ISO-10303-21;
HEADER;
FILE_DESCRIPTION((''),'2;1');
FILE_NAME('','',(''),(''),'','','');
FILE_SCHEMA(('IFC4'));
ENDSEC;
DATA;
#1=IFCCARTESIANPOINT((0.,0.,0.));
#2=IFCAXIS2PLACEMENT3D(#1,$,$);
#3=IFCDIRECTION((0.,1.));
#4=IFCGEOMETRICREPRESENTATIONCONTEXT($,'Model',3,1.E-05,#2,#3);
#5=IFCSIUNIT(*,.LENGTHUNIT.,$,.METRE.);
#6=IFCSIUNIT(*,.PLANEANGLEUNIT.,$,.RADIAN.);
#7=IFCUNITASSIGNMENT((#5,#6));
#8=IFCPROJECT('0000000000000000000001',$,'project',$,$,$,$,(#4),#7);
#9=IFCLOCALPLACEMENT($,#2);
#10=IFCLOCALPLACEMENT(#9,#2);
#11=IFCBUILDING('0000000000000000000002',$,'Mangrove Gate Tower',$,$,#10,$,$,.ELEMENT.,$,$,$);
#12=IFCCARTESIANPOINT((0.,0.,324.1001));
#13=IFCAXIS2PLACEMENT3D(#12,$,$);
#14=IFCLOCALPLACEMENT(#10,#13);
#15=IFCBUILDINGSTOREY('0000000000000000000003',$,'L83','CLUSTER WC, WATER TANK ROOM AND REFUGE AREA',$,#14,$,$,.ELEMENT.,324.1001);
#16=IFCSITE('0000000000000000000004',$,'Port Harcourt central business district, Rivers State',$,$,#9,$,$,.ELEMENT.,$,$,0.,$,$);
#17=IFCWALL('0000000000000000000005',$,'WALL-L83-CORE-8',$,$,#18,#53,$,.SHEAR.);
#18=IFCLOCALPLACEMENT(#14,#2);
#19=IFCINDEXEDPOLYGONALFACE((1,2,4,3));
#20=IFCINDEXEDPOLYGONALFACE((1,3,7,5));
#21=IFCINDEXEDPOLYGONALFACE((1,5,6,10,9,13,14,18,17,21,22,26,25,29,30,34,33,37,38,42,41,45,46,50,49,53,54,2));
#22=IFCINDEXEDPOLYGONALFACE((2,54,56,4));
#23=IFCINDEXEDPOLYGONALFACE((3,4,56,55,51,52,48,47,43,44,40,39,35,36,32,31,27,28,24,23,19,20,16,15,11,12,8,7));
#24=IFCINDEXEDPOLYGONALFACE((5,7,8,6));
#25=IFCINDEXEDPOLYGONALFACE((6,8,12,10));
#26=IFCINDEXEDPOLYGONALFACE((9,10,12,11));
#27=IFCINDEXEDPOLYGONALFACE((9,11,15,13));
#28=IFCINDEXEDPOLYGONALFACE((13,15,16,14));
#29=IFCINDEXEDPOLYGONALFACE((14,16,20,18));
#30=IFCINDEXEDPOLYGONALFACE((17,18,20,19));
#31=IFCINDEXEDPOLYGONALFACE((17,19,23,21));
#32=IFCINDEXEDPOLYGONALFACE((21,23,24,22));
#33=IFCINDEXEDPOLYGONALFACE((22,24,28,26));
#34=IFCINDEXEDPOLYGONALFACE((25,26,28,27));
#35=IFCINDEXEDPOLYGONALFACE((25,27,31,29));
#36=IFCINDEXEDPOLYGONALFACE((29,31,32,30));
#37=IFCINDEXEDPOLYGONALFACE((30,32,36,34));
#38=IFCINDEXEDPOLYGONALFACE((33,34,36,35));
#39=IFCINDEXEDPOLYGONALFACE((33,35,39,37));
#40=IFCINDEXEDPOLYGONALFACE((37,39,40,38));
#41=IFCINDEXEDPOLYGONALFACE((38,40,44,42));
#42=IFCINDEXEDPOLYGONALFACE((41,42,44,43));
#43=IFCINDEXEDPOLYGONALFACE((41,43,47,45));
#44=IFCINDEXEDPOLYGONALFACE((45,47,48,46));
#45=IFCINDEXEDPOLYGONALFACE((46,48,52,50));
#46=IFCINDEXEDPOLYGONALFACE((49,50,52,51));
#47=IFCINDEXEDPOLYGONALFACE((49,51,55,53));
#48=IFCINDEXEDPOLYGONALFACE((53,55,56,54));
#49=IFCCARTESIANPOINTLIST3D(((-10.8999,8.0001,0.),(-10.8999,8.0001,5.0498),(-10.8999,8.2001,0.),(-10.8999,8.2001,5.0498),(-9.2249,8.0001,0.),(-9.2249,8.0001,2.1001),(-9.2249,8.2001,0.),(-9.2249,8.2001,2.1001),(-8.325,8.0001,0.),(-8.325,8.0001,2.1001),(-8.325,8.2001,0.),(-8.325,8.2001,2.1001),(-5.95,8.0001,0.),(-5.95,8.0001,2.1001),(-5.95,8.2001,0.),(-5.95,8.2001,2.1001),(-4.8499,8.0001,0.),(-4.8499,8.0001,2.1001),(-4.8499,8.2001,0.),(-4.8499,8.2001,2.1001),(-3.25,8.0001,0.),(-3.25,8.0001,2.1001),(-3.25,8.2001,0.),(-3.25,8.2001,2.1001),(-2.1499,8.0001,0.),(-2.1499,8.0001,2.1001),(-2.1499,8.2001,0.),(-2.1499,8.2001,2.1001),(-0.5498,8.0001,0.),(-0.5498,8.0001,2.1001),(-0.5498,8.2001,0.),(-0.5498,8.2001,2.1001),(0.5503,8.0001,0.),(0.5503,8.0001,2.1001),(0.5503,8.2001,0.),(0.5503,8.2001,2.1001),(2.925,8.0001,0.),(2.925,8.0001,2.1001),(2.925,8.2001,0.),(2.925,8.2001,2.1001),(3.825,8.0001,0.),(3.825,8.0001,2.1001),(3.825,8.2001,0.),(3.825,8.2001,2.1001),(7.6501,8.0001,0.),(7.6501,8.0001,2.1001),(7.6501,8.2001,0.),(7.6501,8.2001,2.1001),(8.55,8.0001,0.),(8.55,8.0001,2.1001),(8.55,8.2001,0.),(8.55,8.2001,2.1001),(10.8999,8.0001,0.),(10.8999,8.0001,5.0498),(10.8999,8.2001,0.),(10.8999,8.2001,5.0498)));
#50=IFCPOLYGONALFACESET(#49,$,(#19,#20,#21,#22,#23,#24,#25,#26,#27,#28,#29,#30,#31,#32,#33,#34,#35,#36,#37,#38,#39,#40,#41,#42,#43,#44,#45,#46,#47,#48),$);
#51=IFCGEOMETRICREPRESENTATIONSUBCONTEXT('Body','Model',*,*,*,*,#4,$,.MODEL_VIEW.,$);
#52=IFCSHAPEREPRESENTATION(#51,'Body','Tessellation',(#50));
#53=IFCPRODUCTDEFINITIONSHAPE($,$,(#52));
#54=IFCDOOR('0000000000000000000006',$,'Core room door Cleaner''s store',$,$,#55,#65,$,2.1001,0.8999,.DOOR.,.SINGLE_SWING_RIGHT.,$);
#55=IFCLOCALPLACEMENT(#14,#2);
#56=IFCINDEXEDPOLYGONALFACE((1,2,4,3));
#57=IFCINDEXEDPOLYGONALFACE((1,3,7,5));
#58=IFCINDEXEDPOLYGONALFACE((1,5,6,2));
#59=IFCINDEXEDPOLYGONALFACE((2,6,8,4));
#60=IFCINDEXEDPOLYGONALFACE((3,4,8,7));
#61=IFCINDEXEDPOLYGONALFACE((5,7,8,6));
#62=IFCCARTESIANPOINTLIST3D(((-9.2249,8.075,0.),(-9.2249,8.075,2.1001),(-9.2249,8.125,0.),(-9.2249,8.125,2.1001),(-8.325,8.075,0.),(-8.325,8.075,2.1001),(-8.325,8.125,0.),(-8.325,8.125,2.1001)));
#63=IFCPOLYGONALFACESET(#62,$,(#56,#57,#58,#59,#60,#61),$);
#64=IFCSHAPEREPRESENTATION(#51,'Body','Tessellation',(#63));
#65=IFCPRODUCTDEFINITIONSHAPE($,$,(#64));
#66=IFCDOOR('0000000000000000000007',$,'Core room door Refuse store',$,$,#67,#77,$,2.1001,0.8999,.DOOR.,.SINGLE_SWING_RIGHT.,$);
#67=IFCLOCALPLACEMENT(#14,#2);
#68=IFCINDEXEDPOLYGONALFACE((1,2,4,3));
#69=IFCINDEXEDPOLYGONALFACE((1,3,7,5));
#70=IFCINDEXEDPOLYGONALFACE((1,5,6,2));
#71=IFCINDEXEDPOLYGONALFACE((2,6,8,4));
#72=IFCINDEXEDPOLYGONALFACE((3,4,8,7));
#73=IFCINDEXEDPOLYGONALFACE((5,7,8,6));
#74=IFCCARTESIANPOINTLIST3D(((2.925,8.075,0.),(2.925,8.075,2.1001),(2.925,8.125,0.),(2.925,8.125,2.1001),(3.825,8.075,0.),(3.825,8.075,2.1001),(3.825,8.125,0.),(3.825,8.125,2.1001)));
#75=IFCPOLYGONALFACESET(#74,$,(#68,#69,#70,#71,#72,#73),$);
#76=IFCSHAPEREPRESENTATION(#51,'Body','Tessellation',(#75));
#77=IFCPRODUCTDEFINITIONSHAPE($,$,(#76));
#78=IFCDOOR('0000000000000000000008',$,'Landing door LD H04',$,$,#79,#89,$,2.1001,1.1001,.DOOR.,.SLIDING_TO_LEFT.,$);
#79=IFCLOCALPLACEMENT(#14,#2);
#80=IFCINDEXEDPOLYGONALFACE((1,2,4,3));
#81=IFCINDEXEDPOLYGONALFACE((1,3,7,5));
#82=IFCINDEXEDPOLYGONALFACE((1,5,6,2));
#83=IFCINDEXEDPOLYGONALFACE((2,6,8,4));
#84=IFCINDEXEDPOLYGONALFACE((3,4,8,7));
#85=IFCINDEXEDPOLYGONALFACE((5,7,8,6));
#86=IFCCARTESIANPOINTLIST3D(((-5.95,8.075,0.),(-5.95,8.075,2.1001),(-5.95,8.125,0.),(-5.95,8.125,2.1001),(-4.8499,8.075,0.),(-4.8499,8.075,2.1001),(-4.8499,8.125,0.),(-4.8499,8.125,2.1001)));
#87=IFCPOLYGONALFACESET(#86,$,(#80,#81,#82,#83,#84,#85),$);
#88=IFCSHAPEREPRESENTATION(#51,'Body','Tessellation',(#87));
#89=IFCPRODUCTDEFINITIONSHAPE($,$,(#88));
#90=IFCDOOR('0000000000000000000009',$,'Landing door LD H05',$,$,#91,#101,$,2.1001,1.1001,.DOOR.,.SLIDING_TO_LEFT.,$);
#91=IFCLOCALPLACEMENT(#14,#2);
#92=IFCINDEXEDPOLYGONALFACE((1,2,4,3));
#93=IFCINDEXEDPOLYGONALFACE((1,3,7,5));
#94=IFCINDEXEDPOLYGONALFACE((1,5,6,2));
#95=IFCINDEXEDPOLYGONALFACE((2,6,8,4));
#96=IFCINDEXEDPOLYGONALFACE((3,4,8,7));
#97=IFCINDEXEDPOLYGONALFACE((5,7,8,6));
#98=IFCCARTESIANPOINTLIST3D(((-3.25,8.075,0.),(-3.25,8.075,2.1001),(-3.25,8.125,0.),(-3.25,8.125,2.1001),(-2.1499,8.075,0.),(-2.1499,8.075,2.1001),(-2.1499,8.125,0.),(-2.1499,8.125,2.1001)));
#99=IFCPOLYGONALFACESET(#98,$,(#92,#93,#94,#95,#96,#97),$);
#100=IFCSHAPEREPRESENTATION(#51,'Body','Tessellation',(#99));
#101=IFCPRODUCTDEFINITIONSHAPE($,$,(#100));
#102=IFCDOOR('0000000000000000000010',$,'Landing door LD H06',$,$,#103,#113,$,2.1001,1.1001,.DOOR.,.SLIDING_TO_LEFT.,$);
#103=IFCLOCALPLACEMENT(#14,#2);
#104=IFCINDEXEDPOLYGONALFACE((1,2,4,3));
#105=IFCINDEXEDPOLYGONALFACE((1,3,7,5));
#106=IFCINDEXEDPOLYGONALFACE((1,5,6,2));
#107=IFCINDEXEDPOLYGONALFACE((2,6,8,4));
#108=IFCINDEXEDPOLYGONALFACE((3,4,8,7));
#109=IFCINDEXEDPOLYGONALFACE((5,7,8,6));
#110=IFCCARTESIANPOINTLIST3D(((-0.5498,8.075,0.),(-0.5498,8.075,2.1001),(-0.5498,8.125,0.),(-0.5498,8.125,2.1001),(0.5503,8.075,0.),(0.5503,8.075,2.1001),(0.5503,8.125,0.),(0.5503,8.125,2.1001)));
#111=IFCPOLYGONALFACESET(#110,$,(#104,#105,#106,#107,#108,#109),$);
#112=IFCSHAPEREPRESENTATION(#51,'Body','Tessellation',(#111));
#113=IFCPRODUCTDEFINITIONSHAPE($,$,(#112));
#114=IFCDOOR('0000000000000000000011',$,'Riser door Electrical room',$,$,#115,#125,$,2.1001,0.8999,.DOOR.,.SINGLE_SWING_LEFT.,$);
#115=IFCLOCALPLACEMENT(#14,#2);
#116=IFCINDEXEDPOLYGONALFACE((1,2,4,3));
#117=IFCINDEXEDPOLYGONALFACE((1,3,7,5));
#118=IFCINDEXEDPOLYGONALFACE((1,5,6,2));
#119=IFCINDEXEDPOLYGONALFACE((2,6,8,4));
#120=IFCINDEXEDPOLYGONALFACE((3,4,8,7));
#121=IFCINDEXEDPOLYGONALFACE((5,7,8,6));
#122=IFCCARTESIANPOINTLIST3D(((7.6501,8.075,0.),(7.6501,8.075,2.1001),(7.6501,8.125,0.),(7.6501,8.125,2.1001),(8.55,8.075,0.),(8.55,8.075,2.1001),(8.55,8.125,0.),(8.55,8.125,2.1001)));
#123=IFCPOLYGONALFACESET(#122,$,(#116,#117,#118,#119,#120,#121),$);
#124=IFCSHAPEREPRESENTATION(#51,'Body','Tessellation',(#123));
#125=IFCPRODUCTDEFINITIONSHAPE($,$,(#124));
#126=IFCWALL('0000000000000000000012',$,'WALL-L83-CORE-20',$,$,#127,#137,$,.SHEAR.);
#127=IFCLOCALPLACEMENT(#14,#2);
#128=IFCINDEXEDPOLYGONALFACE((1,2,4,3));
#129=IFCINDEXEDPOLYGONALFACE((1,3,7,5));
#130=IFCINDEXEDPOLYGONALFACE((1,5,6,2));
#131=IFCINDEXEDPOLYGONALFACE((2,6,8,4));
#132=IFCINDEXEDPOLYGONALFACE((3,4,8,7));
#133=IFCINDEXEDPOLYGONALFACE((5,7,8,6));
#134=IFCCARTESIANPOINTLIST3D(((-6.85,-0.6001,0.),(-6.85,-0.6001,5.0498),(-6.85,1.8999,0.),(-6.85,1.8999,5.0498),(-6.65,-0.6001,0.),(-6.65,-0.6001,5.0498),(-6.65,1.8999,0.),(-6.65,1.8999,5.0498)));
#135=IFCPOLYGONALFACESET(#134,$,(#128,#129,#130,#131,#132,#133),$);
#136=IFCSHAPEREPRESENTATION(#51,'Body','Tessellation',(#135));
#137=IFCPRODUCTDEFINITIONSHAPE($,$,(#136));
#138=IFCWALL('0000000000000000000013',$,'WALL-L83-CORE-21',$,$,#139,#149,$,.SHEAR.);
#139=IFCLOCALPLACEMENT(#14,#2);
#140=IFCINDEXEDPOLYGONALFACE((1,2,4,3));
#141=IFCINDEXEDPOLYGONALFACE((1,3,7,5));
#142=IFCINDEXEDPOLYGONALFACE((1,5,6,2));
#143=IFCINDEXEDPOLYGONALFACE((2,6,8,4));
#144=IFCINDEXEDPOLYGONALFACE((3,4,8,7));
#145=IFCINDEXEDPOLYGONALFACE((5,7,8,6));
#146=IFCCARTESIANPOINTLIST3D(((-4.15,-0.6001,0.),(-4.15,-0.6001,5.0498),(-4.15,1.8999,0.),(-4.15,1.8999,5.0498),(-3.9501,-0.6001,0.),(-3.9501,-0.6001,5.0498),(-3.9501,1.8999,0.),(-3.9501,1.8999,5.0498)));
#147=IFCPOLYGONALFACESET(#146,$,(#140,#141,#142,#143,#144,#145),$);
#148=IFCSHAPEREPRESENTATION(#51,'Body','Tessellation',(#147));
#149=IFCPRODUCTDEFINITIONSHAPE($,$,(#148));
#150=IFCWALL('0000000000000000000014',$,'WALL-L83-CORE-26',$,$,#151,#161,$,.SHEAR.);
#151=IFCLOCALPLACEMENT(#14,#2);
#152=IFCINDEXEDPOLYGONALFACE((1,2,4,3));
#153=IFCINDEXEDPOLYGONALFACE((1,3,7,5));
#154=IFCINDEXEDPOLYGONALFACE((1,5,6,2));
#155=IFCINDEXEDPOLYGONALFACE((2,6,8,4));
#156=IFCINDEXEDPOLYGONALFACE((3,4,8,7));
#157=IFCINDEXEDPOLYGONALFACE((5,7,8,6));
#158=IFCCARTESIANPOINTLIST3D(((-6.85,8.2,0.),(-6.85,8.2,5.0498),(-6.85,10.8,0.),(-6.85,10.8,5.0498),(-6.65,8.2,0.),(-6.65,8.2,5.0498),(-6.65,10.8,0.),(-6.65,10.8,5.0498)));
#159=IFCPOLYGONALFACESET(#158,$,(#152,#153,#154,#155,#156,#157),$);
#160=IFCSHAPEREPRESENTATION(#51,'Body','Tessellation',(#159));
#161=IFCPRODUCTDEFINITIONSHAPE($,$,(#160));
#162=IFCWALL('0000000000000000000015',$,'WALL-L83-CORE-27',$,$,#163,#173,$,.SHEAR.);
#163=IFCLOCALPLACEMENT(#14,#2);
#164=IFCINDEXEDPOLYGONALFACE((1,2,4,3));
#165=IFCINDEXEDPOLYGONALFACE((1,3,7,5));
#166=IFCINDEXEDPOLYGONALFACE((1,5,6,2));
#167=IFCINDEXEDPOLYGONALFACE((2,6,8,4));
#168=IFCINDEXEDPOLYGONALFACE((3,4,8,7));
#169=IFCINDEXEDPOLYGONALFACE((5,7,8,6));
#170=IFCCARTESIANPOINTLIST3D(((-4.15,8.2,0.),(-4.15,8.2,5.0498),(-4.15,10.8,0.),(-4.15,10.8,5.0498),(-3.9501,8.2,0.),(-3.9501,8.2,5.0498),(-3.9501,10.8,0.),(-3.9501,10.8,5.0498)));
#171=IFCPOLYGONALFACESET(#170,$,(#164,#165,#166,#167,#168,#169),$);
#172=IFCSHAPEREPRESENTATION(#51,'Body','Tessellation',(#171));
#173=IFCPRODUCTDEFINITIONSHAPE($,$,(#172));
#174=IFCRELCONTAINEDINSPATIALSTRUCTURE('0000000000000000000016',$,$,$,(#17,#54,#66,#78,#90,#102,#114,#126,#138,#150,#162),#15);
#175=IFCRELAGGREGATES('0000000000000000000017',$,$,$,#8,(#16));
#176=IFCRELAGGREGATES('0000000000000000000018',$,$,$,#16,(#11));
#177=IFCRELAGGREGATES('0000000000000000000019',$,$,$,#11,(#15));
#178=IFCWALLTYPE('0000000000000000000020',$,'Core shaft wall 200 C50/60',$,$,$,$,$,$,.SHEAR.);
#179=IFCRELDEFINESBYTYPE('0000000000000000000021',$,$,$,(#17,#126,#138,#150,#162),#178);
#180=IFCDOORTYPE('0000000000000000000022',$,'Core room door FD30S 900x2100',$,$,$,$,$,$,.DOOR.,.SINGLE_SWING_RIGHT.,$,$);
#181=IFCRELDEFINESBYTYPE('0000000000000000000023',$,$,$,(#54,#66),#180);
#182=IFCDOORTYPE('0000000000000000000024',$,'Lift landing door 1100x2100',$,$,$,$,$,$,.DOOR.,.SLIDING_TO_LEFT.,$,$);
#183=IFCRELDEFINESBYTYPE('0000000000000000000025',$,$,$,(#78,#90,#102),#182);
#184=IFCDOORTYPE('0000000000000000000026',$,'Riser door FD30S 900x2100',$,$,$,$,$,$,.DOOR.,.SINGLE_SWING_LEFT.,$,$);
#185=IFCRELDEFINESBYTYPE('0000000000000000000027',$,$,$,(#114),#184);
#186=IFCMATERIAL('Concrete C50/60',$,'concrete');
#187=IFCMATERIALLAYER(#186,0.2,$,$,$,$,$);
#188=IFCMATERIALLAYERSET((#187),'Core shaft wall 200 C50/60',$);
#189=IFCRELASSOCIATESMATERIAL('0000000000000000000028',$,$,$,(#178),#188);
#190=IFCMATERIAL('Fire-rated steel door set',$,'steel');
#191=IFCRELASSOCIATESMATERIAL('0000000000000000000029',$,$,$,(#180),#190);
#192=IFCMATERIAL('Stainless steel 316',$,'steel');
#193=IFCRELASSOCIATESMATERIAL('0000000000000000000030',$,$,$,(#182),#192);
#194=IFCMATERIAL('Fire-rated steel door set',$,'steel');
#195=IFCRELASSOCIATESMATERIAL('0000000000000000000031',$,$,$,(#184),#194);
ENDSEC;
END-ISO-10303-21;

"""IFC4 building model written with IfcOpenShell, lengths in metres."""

from ifc_helpers import new_model, si_unit, direction, frame, frame_2d, origin, place, context, subcontext, project, spatial, rectangle, extrude, material, layer, layer_set, type_object, element, fill, save


model = new_model("IFC4")

# Units and contexts
model_context = context("Model", 3, precision=1e-05, world=origin(), true_north=direction((0.0, 1.0)))
body_context = subcontext(model_context, "Body", "Model", "MODEL_VIEW")
ifc_project = project(units=[si_unit("LENGTHUNIT", "METRE"), si_unit("PLANEANGLEUNIT", "RADIAN")], contexts=[model_context])

# Site, building, storey
site_placement = place(None, origin())
site = spatial("IfcSite", under=ifc_project, at=site_placement, Name="Port Harcourt central business district, Rivers State", CompositionType="ELEMENT", RefElevation=0.0)
building_placement = place(site_placement, origin())
building = spatial("IfcBuilding", under=site, at=building_placement, Name="Mangrove Gate Tower", CompositionType="ELEMENT")
storey_placement = place(building_placement, frame((0.0, 0.0, 324.1001)))
storey = spatial("IfcBuildingStorey", under=building, at=storey_placement, Name="L83", Description="CLUSTER WC, WATER TANK ROOM AND REFUGE AREA", CompositionType="ELEMENT", Elevation=324.1001)

# Wall, openings, doors
ifc_material_1 = material(Name="Concrete C50/60", Category="concrete")
ifc_layer_1 = layer(ifc_material_1, 0.2)
ifc_layer_set_1 = layer_set([ifc_layer_1], Name="Core shaft wall 200 C50/60")
wall_type_1 = type_object("IfcWallType", Name="Core shaft wall 200 C50/60", PredefinedType="SHEAR", material=ifc_layer_set_1)
ifc_material_2 = material(Name="Fire-rated steel door set", Category="steel")
door_type_1 = type_object("IfcDoorType", Name="Core room door FD30S 900x2100", OperationType="SINGLE_SWING_RIGHT", PredefinedType="DOOR", material=ifc_material_2)
ifc_material_3 = material(Name="Stainless steel 316", Category="steel")
door_type_2 = type_object("IfcDoorType", Name="Lift landing door 1100x2100", OperationType="SLIDING_TO_LEFT", PredefinedType="DOOR", material=ifc_material_3)
wall_1_placement = place(storey_placement, frame((-10.8999, 8.1001, 0.0), z_axis=(0.0, 0.0, 1.0), x_axis=(1.0, 0.0, 0.0)))
wall_1 = element("IfcWall", 1, at=wall_1_placement, inside=storey, type_object=wall_type_1, Name="WALL-L83-CORE-8", PredefinedType="SHEAR", context=body_context, shape_type="SweptSolid", body=[
    extrude(rectangle(XDim=21.7998, YDim=0.2, at=frame_2d((10.8999, 0.0))), origin(), (0.0, 0.0, 1.0), 5.0498),
])
opening_1_placement = place(wall_1_placement, frame((4.95, 0.0, 0.0)))
opening_1 = element("IfcOpeningElement", 2, at=opening_1_placement, cuts=wall_1, PredefinedType="OPENING", context=body_context, shape_type="SweptSolid", body=[
    extrude(rectangle(XDim=1.1001, YDim=2.1001, at=frame_2d((0.55, 1.05))), frame((0.0, 0.1099, 0.0), z_axis=(0.0, -1.0, 0.0), x_axis=(1.0, 0.0, 0.0)), (0.0, 0.0, 1.0), 0.22),
])
opening_2_placement = place(wall_1_placement, frame((7.6499, 0.0, 0.0)))
opening_2 = element("IfcOpeningElement", 3, at=opening_2_placement, cuts=wall_1, PredefinedType="OPENING", context=body_context, shape_type="SweptSolid", body=[
    extrude(rectangle(XDim=1.1001, YDim=2.1001, at=frame_2d((0.55, 1.05))), frame((0.0, 0.1099, 0.0), z_axis=(0.0, -1.0, 0.0), x_axis=(1.0, 0.0, 0.0)), (0.0, 0.0, 1.0), 0.22),
])
opening_3_placement = place(wall_1_placement, frame((10.3501, 0.0, 0.0)))
opening_3 = element("IfcOpeningElement", 4, at=opening_3_placement, cuts=wall_1, PredefinedType="OPENING", context=body_context, shape_type="SweptSolid", body=[
    extrude(rectangle(XDim=1.1001, YDim=2.1001, at=frame_2d((0.55, 1.05))), frame((0.0, 0.1099, 0.0), z_axis=(0.0, -1.0, 0.0), x_axis=(1.0, 0.0, 0.0)), (0.0, 0.0, 1.0), 0.22),
])
opening_4_placement = place(wall_1_placement, frame((1.675, 0.0, 0.0)))
opening_4 = element("IfcOpeningElement", 5, at=opening_4_placement, cuts=wall_1, PredefinedType="OPENING", context=body_context, shape_type="SweptSolid", body=[
    extrude(rectangle(XDim=0.8999, YDim=2.1001, at=frame_2d((0.45, 1.05))), frame((0.0, 0.1099, 0.0), z_axis=(0.0, -1.0, 0.0), x_axis=(1.0, 0.0, 0.0)), (0.0, 0.0, 1.0), 0.22),
])
opening_5_placement = place(wall_1_placement, frame((13.825, 0.0, 0.0)))
opening_5 = element("IfcOpeningElement", 6, at=opening_5_placement, cuts=wall_1, PredefinedType="OPENING", context=body_context, shape_type="SweptSolid", body=[
    extrude(rectangle(XDim=0.8999, YDim=2.1001, at=frame_2d((0.45, 1.05))), frame((0.0, 0.1099, 0.0), z_axis=(0.0, -1.0, 0.0), x_axis=(1.0, 0.0, 0.0)), (0.0, 0.0, 1.0), 0.22),
])
opening_6_placement = place(wall_1_placement, frame((18.55, 0.0, 0.0)))
opening_6 = element("IfcOpeningElement", 7, at=opening_6_placement, cuts=wall_1, PredefinedType="OPENING", context=body_context, shape_type="SweptSolid", body=[
    extrude(rectangle(XDim=0.8999, YDim=2.1001, at=frame_2d((0.45, 1.05))), frame((0.0, 0.1099, 0.0), z_axis=(0.0, -1.0, 0.0), x_axis=(1.0, 0.0, 0.0)), (0.0, 0.0, 1.0), 0.22),
])
door_1_placement = place(opening_4_placement, origin())
door_1 = element("IfcDoor", 8, at=door_1_placement, inside=storey, type_object=door_type_1, Name="Core room door Cleaner's store", OperationType="SINGLE_SWING_RIGHT", OverallHeight=2.1001, OverallWidth=0.8999, PredefinedType="DOOR", context=body_context, shape_type="SweptSolid", body=[
    extrude(rectangle(XDim=0.8999, YDim=2.1001, at=frame_2d((0.45, 1.05))), frame((0.0, 0.0249, 0.0), z_axis=(0.0, -1.0, 0.0), x_axis=(1.0, 0.0, 0.0)), (0.0, 0.0, 1.0), 0.05),
])
fill(opening_4, door_1)
door_2_placement = place(opening_5_placement, origin())
door_2 = element("IfcDoor", 9, at=door_2_placement, inside=storey, type_object=door_type_1, Name="Core room door Refuse store", OperationType="SINGLE_SWING_RIGHT", OverallHeight=2.1001, OverallWidth=0.8999, PredefinedType="DOOR", context=body_context, shape_type="SweptSolid", body=[
    extrude(rectangle(XDim=0.8999, YDim=2.1001, at=frame_2d((0.45, 1.05))), frame((0.0, 0.0249, 0.0), z_axis=(0.0, -1.0, 0.0), x_axis=(1.0, 0.0, 0.0)), (0.0, 0.0, 1.0), 0.05),
])
fill(opening_5, door_2)
door_3_placement = place(opening_1_placement, origin())
door_3 = element("IfcDoor", 10, at=door_3_placement, inside=storey, type_object=door_type_2, Name="Landing door LD H04", OperationType="SLIDING_TO_LEFT", OverallHeight=2.1001, OverallWidth=1.1001, PredefinedType="DOOR", context=body_context, shape_type="SweptSolid", body=[
    extrude(rectangle(XDim=1.1001, YDim=2.1001, at=frame_2d((0.55, 1.05))), frame((0.0, 0.0249, 0.0), z_axis=(0.0, -1.0, 0.0), x_axis=(1.0, 0.0, 0.0)), (0.0, 0.0, 1.0), 0.05),
])
fill(opening_1, door_3)
door_4_placement = place(opening_2_placement, origin())
door_4 = element("IfcDoor", 11, at=door_4_placement, inside=storey, type_object=door_type_2, Name="Landing door LD H05", OperationType="SLIDING_TO_LEFT", OverallHeight=2.1001, OverallWidth=1.1001, PredefinedType="DOOR", context=body_context, shape_type="SweptSolid", body=[
    extrude(rectangle(XDim=1.1001, YDim=2.1001, at=frame_2d((0.55, 1.05))), frame((0.0, 0.0249, 0.0), z_axis=(0.0, -1.0, 0.0), x_axis=(1.0, 0.0, 0.0)), (0.0, 0.0, 1.0), 0.05),
])
fill(opening_2, door_4)
door_5_placement = place(opening_3_placement, origin())
door_5 = element("IfcDoor", 12, at=door_5_placement, inside=storey, type_object=door_type_2, Name="Landing door LD H06", OperationType="SLIDING_TO_LEFT", OverallHeight=2.1001, OverallWidth=1.1001, PredefinedType="DOOR", context=body_context, shape_type="SweptSolid", body=[
    extrude(rectangle(XDim=1.1001, YDim=2.1001, at=frame_2d((0.55, 1.05))), frame((0.0, 0.0249, 0.0), z_axis=(0.0, -1.0, 0.0), x_axis=(1.0, 0.0, 0.0)), (0.0, 0.0, 1.0), 0.05),
])
fill(opening_3, door_5)
ifc_material_4 = material(Name="Fire-rated steel door set", Category="steel")
door_type_3 = type_object("IfcDoorType", Name="Riser door FD30S 900x2100", OperationType="SINGLE_SWING_LEFT", PredefinedType="DOOR", material=ifc_material_4)
door_6_placement = place(opening_6_placement, origin())
door_6 = element("IfcDoor", 13, at=door_6_placement, inside=storey, type_object=door_type_3, Name="Riser door Electrical room", OperationType="SINGLE_SWING_LEFT", OverallHeight=2.1001, OverallWidth=0.8999, PredefinedType="DOOR", context=body_context, shape_type="SweptSolid", body=[
    extrude(rectangle(XDim=0.8999, YDim=2.1001, at=frame_2d((0.45, 1.05))), frame((0.0, 0.0249, 0.0), z_axis=(0.0, -1.0, 0.0), x_axis=(1.0, 0.0, 0.0)), (0.0, 0.0, 1.0), 0.05),
])
fill(opening_6, door_6)

# Walls
for number, where, z_axis, x_axis, name in (
    (14, (-6.75, -0.6001, 0.0), (0.0, 0.0, 1.0), (0.0, 1.0, 0.0), "WALL-L83-CORE-20"),
    (15, (-4.05, -0.6001, 0.0), (0.0, 0.0, 1.0), (0.0, 1.0, 0.0), "WALL-L83-CORE-21"),
):
    element("IfcWall", number, at=place(storey_placement, frame(where, z_axis=z_axis, x_axis=x_axis)), inside=storey, type_object=wall_type_1, Name=name, PredefinedType="SHEAR", context=body_context, shape_type="SweptSolid", body=[
        extrude(rectangle(XDim=2.5, YDim=0.2, at=frame_2d((1.25, 0.0))), origin(), (0.0, 0.0, 1.0), 5.0498),
    ])
for number, where, z_axis, x_axis, name in (
    (16, (-6.75, 8.2, 0.0), (0.0, 0.0, 1.0), (0.0, 1.0, 0.0), "WALL-L83-CORE-26"),
    (17, (-4.05, 8.2, 0.0), (0.0, 0.0, 1.0), (0.0, 1.0, 0.0), "WALL-L83-CORE-27"),
):
    element("IfcWall", number, at=place(storey_placement, frame(where, z_axis=z_axis, x_axis=x_axis)), inside=storey, type_object=wall_type_1, Name=name, PredefinedType="SHEAR", context=body_context, shape_type="SweptSolid", body=[
        extrude(rectangle(XDim=2.6001, YDim=0.2, at=frame_2d((1.3, 0.0))), origin(), (0.0, 0.0, 1.0), 5.0498),
    ])

save(model, "model.ifc")
